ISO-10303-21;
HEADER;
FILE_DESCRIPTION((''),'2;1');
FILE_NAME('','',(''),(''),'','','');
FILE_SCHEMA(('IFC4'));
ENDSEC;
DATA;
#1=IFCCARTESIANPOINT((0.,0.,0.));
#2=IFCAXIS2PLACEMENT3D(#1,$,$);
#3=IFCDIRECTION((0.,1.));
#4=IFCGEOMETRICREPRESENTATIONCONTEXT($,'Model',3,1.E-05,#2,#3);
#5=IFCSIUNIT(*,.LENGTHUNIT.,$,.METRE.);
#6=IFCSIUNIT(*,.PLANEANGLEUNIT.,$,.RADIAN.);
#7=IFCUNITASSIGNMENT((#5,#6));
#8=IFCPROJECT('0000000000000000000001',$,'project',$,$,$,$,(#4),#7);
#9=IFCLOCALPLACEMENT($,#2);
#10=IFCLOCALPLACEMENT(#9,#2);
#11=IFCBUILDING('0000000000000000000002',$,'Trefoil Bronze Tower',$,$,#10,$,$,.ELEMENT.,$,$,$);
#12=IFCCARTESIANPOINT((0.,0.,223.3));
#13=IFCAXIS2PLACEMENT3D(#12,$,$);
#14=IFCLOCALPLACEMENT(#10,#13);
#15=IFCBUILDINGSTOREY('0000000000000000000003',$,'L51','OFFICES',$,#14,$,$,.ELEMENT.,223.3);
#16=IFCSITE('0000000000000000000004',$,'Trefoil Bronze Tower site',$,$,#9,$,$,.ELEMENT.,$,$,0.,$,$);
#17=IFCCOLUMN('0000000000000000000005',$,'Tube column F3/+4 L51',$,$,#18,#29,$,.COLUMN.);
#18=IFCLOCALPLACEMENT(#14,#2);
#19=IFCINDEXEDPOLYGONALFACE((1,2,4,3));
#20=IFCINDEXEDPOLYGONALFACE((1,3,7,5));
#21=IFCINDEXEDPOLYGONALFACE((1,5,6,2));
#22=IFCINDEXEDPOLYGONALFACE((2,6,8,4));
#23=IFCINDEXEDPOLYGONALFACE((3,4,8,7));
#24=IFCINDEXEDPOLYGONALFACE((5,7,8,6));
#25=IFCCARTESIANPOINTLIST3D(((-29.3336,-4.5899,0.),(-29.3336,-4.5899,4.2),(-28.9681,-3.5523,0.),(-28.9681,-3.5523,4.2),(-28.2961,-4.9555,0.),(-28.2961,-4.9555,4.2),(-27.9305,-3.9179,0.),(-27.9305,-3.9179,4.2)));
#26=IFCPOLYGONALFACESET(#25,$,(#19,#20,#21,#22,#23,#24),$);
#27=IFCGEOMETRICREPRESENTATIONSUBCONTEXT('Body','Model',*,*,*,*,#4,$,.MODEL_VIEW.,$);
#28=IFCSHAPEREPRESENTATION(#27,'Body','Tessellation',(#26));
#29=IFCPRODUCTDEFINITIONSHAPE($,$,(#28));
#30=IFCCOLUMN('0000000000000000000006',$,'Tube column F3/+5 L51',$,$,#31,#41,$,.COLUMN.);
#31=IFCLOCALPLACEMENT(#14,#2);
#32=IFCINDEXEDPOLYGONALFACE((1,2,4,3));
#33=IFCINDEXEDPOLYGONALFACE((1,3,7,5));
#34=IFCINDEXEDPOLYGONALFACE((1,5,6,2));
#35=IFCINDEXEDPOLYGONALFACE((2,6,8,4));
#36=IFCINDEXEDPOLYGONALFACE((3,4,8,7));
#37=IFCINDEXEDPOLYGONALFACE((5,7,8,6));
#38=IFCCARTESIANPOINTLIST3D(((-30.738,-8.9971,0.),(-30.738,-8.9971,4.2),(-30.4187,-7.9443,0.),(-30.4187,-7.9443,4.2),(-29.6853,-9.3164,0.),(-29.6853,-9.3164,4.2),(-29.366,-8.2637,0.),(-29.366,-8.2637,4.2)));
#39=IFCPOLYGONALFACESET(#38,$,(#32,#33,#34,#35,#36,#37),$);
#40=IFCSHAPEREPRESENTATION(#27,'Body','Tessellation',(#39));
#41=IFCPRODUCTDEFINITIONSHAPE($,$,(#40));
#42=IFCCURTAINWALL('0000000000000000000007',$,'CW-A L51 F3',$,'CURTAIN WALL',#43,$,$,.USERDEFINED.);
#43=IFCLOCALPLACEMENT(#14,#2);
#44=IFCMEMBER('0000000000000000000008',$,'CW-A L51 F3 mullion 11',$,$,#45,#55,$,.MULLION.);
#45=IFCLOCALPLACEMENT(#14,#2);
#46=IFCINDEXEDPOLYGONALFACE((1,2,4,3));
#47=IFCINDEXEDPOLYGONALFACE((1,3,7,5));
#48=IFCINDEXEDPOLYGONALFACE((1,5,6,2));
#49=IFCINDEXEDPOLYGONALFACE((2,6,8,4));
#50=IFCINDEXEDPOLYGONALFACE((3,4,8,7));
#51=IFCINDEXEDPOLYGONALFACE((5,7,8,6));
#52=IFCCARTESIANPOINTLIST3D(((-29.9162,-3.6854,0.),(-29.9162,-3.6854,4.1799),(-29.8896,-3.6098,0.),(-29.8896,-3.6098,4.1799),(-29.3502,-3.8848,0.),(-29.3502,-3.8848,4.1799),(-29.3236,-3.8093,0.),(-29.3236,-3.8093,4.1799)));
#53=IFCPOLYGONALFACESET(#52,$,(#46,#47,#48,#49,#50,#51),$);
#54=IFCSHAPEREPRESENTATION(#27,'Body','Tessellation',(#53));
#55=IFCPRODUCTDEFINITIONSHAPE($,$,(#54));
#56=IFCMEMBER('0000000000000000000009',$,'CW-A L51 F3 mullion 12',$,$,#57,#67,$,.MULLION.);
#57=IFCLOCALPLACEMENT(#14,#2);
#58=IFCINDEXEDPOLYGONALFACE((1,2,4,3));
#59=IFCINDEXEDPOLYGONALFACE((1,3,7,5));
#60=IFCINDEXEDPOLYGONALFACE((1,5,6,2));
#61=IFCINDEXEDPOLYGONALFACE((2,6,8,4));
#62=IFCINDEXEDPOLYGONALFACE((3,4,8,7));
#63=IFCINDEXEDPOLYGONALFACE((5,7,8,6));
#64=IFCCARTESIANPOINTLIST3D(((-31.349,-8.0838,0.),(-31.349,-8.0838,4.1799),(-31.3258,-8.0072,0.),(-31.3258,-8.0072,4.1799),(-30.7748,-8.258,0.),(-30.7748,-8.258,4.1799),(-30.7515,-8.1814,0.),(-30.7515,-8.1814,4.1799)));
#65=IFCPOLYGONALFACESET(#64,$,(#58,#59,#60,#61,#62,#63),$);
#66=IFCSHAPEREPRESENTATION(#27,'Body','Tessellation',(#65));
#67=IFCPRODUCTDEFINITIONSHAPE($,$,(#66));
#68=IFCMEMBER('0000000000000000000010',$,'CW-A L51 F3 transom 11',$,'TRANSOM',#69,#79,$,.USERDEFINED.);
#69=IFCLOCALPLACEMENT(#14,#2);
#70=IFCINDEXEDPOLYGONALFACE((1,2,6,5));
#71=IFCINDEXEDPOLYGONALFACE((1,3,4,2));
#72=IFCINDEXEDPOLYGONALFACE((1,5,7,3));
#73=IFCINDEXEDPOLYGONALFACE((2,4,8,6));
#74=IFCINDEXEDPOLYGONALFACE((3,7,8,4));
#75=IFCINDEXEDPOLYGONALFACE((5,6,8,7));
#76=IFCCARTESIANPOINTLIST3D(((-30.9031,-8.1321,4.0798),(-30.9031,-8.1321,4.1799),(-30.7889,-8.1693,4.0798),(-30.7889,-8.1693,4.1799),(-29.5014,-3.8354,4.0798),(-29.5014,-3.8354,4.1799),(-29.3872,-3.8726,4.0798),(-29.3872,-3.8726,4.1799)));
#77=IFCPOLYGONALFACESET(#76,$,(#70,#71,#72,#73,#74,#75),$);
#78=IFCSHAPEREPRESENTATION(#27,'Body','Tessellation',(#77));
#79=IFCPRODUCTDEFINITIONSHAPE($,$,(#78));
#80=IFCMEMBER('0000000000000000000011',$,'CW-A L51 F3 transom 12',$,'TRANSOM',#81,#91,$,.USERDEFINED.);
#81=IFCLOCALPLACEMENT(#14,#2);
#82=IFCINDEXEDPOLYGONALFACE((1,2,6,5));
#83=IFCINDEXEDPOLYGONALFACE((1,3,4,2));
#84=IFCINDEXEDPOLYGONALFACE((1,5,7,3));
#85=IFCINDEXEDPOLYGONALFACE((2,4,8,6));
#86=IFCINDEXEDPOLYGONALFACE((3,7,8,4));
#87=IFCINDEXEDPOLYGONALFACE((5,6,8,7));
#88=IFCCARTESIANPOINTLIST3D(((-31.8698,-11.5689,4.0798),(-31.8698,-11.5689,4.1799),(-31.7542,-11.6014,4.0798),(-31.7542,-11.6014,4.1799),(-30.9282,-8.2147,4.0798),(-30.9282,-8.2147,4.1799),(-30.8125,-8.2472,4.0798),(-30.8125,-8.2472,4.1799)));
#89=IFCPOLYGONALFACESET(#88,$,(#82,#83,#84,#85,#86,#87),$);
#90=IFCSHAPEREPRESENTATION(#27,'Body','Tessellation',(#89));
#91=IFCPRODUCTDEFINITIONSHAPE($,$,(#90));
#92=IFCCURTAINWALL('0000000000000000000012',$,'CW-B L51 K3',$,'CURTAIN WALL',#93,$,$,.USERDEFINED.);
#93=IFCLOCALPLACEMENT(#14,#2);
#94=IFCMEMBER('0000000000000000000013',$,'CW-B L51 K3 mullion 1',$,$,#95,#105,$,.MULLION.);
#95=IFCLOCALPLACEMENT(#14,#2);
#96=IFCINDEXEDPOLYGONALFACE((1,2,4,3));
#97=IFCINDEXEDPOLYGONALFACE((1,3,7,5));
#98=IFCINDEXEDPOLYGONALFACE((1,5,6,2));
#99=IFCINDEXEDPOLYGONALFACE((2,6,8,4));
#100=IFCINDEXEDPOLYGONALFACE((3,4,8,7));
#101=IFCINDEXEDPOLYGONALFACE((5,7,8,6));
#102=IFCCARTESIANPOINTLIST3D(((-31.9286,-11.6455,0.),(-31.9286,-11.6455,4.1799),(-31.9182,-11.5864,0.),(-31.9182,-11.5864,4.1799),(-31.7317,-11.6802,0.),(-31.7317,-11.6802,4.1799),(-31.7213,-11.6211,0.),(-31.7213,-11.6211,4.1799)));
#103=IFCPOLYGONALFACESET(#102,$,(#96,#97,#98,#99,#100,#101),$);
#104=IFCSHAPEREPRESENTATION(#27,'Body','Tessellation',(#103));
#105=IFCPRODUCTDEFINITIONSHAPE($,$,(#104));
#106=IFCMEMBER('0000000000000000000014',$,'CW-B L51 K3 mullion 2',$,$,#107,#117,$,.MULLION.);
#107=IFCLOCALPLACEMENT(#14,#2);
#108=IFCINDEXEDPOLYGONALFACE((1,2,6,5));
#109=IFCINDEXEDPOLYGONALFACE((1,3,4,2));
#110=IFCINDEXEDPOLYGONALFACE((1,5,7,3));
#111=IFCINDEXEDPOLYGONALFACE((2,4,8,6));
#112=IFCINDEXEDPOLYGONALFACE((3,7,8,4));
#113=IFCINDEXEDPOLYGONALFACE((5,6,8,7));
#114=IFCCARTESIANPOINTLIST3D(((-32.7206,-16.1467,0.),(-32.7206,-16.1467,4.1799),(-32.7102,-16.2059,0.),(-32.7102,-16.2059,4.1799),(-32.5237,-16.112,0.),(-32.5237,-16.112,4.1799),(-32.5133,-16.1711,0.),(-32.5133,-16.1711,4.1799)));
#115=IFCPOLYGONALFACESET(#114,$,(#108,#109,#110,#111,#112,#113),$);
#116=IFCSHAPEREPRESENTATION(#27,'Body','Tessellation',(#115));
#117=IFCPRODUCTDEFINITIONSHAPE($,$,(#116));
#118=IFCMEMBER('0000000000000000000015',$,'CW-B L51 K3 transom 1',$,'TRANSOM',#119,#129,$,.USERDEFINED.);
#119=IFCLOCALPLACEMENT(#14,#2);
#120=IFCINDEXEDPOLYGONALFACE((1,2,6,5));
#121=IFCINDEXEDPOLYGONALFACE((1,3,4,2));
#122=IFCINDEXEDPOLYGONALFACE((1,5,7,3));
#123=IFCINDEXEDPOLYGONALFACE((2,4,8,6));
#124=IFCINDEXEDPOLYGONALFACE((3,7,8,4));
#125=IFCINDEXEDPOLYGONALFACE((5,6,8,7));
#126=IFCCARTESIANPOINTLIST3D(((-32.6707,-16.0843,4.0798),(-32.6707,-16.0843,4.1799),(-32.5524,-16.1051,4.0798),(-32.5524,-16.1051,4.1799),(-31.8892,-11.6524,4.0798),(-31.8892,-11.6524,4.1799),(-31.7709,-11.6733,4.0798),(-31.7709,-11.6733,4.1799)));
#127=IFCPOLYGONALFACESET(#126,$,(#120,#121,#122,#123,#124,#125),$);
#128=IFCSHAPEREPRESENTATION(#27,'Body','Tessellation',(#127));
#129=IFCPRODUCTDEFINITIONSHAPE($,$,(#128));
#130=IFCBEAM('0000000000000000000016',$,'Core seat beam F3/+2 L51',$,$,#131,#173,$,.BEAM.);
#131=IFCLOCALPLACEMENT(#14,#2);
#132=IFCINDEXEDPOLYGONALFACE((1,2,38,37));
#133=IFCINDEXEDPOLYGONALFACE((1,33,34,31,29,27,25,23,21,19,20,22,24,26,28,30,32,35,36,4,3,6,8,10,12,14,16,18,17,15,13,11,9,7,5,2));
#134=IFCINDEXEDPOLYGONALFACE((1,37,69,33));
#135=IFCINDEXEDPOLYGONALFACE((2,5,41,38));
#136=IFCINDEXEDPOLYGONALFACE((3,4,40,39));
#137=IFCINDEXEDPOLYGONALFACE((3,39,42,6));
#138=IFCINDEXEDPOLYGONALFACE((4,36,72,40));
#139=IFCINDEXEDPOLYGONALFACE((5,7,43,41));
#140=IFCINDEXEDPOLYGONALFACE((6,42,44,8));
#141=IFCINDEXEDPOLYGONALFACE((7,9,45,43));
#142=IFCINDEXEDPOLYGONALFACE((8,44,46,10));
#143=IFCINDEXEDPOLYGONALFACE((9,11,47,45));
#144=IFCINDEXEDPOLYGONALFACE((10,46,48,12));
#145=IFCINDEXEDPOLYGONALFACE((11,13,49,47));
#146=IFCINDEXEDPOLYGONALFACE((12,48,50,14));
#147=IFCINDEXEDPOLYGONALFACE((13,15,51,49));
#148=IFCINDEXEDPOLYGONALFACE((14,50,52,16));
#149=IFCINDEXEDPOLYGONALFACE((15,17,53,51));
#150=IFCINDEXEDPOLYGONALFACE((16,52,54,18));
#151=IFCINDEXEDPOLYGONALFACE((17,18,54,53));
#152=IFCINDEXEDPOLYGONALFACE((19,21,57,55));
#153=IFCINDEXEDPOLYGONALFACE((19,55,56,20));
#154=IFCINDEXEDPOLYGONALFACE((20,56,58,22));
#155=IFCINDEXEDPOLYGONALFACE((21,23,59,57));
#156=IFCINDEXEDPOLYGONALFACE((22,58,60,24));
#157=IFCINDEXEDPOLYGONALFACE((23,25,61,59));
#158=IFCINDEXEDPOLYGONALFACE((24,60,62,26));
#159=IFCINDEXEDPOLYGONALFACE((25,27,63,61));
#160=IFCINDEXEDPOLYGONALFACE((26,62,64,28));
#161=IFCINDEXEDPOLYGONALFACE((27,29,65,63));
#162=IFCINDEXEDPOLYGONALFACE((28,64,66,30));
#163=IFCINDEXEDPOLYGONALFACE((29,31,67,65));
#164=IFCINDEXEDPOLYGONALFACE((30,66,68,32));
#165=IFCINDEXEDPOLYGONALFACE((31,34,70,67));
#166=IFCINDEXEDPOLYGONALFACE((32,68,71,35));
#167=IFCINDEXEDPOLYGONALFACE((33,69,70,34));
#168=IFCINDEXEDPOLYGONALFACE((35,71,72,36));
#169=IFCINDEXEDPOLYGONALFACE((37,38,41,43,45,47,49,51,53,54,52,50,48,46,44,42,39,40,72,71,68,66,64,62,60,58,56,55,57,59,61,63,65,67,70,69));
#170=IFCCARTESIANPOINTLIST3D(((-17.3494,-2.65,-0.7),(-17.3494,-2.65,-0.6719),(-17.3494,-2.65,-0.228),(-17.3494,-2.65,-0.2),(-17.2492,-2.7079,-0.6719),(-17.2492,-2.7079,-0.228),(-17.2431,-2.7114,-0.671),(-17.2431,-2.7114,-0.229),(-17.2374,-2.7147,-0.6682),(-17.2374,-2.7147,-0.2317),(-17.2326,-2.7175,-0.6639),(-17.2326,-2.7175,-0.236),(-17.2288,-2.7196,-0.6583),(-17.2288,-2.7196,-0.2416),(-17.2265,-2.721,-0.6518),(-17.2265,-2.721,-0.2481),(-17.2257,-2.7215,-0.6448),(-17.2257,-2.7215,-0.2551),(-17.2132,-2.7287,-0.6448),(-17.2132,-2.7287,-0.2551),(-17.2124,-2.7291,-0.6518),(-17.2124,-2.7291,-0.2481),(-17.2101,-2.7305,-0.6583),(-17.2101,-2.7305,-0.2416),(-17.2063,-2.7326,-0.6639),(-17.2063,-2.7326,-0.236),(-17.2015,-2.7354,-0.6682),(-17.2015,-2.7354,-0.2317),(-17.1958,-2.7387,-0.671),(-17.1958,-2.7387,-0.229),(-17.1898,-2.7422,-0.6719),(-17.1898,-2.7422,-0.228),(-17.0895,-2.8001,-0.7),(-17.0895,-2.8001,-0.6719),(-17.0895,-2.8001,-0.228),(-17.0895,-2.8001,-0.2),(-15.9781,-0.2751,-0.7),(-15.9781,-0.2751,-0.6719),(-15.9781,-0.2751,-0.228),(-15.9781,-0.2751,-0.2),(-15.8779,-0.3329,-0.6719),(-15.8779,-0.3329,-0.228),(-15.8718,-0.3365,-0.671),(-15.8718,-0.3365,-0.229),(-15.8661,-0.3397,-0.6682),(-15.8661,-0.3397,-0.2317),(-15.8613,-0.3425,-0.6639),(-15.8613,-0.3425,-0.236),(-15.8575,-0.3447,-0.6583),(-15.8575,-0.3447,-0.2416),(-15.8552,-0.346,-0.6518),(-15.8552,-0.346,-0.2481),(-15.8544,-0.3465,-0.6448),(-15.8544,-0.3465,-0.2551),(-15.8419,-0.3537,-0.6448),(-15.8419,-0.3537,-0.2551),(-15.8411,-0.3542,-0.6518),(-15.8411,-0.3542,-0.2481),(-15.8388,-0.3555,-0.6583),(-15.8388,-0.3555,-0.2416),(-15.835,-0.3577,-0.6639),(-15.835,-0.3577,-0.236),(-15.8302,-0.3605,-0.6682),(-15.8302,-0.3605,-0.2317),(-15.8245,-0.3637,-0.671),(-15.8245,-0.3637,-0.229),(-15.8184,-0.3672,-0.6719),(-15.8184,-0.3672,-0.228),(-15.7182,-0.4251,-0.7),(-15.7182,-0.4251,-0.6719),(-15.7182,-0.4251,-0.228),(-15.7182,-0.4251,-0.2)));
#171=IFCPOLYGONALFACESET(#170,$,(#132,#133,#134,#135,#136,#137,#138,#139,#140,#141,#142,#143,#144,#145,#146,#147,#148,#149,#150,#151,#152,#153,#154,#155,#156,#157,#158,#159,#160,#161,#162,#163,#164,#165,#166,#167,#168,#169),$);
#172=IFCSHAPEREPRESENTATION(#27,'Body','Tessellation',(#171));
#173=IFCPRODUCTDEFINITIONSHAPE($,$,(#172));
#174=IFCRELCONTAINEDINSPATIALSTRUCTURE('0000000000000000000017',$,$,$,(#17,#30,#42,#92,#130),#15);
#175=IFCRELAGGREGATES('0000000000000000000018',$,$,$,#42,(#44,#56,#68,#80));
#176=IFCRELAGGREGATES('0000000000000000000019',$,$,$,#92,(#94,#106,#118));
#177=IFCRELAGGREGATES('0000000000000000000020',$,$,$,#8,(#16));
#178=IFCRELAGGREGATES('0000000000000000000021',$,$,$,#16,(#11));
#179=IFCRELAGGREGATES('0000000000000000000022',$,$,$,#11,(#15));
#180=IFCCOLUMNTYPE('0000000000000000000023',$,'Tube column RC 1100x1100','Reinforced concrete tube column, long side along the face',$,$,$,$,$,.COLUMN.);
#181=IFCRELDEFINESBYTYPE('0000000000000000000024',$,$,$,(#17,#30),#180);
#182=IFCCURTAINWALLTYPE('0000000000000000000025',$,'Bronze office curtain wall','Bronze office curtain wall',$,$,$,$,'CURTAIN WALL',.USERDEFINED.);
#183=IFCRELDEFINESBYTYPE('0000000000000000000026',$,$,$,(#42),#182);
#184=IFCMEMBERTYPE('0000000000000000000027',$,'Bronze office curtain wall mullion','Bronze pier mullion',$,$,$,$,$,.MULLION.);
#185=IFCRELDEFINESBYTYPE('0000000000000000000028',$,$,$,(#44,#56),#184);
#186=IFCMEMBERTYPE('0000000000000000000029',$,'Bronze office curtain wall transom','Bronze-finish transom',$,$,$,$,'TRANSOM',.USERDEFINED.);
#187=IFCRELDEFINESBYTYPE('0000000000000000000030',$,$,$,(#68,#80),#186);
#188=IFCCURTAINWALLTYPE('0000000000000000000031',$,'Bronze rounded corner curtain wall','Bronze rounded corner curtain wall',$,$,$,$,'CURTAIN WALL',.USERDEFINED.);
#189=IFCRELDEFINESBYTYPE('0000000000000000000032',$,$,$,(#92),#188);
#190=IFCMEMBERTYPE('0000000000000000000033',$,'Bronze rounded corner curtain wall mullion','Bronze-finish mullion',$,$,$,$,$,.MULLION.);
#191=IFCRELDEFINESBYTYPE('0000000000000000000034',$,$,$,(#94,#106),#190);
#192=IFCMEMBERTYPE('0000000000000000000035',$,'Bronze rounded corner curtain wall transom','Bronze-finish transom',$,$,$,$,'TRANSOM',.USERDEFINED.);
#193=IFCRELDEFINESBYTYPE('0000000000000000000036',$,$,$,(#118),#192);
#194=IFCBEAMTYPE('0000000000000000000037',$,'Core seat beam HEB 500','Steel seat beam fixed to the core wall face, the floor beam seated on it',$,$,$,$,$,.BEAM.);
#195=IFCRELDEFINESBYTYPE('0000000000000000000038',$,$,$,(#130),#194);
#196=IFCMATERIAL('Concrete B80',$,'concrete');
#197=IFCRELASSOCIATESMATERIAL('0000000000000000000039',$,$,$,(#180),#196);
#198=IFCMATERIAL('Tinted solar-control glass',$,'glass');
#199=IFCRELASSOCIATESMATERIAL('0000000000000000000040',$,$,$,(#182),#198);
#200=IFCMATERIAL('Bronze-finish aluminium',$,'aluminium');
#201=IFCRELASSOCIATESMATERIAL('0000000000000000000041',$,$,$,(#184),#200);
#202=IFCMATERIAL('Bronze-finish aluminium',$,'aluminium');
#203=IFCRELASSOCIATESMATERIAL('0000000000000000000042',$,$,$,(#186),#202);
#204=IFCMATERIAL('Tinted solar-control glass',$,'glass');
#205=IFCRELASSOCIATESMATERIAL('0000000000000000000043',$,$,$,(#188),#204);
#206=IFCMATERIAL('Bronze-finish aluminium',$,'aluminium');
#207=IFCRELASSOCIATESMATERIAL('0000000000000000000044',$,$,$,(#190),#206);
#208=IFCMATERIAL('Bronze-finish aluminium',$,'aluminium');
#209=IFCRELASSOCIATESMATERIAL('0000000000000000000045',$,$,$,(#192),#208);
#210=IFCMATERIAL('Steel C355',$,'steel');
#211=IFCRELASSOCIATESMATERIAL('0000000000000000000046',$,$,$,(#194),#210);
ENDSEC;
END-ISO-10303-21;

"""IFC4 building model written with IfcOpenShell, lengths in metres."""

from ifc_helpers import new_model, si_unit, direction, frame, origin, origin_2d, place, context, subcontext, project, spatial, rectangle, i_section, extrude, material, material_profile, profile_set, type_object, element, aggregate, save


model = new_model("IFC4")

# Units and contexts
model_context = context("Model", 3, precision=1e-05, world=origin(), true_north=direction((0.0, 1.0)))
body_context = subcontext(model_context, "Body", "Model", "MODEL_VIEW")
ifc_project = project(units=[si_unit("LENGTHUNIT", "METRE"), si_unit("PLANEANGLEUNIT", "RADIAN")], contexts=[model_context])

# Site, building, storey
site_placement = place(None, origin())
site = spatial("IfcSite", under=ifc_project, at=site_placement, Name="Trefoil Bronze Tower site", CompositionType="ELEMENT", RefElevation=0.0)
building_placement = place(site_placement, origin())
building = spatial("IfcBuilding", under=site, at=building_placement, Name="Trefoil Bronze Tower", CompositionType="ELEMENT")
storey_placement = place(building_placement, frame((0.0, 0.0, 223.3)))
storey = spatial("IfcBuildingStorey", under=building, at=storey_placement, Name="L51", Description="OFFICES", CompositionType="ELEMENT", Elevation=223.3)

# Columns
ifc_material_1 = material(Name="Concrete B80", Category="concrete")
ifc_material_profile_1 = material_profile(ifc_material_1, rectangle(XDim=1.1001, YDim=1.1001, at=origin_2d()), Name="RC 1100x1100")
ifc_profile_set_1 = profile_set([ifc_material_profile_1], Name="Concrete B80")
column_type = type_object("IfcColumnType", Name="Tube column RC 1100x1100", Description="Reinforced concrete tube column, long side along the face", PredefinedType="COLUMN", material=ifc_profile_set_1)
for number, where, z_axis, x_axis, name in (
    (1, (-28.6321, -4.2539, 0.0), (0.0, 0.0, 1.0), (-0.332282, -0.94318, 0.0), "Tube column F3/+4 L51"),
    (2, (-30.052, -8.6304, 0.0), (0.0, 0.0, 1.0), (-0.290278, -0.956942, 0.0), "Tube column F3/+5 L51"),
):
    element("IfcColumn", number, at=place(storey_placement, frame(where, z_axis=z_axis, x_axis=x_axis)), inside=storey, type_object=column_type, Name=name, PredefinedType="COLUMN", context=body_context, shape_type="SweptSolid", body=[
        extrude(rectangle(XDim=1.1001, YDim=1.1001, at=origin_2d()), origin(), (0.0, 0.0, 1.0), 4.2),
    ])

# Curtain walls, members
ifc_material_2 = material(Name="Tinted solar-control glass", Category="glass")
curtain_wall_type_1 = type_object("IfcCurtainWallType", Name="Bronze office curtain wall", Description="Bronze office curtain wall", ElementType="CURTAIN WALL", PredefinedType="USERDEFINED", material=ifc_material_2)
curtain_wall_1_placement = place(storey_placement, origin())
curtain_wall_1 = element("IfcCurtainWall", 3, at=curtain_wall_1_placement, inside=storey, type_object=curtain_wall_type_1, Name="CW-A L51 F3", ObjectType="CURTAIN WALL", PredefinedType="USERDEFINED")
ifc_material_3 = material(Name="Bronze-finish aluminium", Category="aluminium")
ifc_material_profile_2 = material_profile(ifc_material_3, rectangle(XDim=0.6001, YDim=0.0801, at=origin_2d()), Name="CW-A mullion")
ifc_profile_set_2 = profile_set([ifc_material_profile_2], Name="Bronze-finish aluminium")
member_type_1 = type_object("IfcMemberType", Name="Bronze office curtain wall mullion", Description="Bronze pier mullion", PredefinedType="MULLION", material=ifc_profile_set_2)
member_1_placement = place(storey_placement, frame((-29.6199, -3.7473, 0.0), z_axis=(0.0, 0.0, 1.0), x_axis=(0.94318, -0.332282, 0.0)))
member_1 = element("IfcMember", 4, at=member_1_placement, type_object=member_type_1, Name="CW-A L51 F3 mullion 11", PredefinedType="MULLION", context=body_context, shape_type="SweptSolid", body=[
    extrude(rectangle(XDim=0.6001, YDim=0.0801, at=origin_2d()), origin(), (0.0, 0.0, 1.0), 4.1799),
])
member_2_placement = place(storey_placement, frame((-31.0503, -8.1326, 0.0), z_axis=(0.0, 0.0, 1.0), x_axis=(0.956942, -0.290278, 0.0)))
member_2 = element("IfcMember", 5, at=member_2_placement, type_object=member_type_1, Name="CW-A L51 F3 mullion 12", PredefinedType="MULLION", context=body_context, shape_type="SweptSolid", body=[
    extrude(rectangle(XDim=0.6001, YDim=0.0801, at=origin_2d()), origin(), (0.0, 0.0, 1.0), 4.1799),
])
ifc_material_4 = material(Name="Bronze-finish aluminium", Category="aluminium")
ifc_material_profile_3 = material_profile(ifc_material_4, rectangle(XDim=0.1201, YDim=0.1001, at=origin_2d()), Name="CW-A transom")
ifc_profile_set_3 = profile_set([ifc_material_profile_3], Name="Bronze-finish aluminium")
member_type_2 = type_object("IfcMemberType", Name="Bronze office curtain wall transom", Description="Bronze-finish transom", ElementType="TRANSOM", PredefinedType="USERDEFINED", material=ifc_profile_set_3)
member_3_placement = place(storey_placement, frame((-29.4443, -3.854, 4.1299), z_axis=(-0.310128, -0.950695, 0.0), x_axis=(0.950695, -0.310128, 0.0)))
member_3 = element("IfcMember", 6, at=member_3_placement, type_object=member_type_2, Name="CW-A L51 F3 transom 11", ObjectType="TRANSOM", PredefinedType="USERDEFINED", context=body_context, shape_type="SweptSolid", body=[
    extrude(rectangle(XDim=0.1201, YDim=0.1001, at=origin_2d()), origin(), (0.0, 0.0, 1.0), 4.5195),
])
member_4_placement = place(storey_placement, frame((-30.8704, -8.231, 4.1299), z_axis=(-0.270285, -0.96278, 0.0), x_axis=(0.96278, -0.270285, 0.0)))
member_4 = element("IfcMember", 7, at=member_4_placement, type_object=member_type_2, Name="CW-A L51 F3 transom 12", ObjectType="TRANSOM", PredefinedType="USERDEFINED", context=body_context, shape_type="SweptSolid", body=[
    extrude(rectangle(XDim=0.1201, YDim=0.1001, at=origin_2d()), origin(), (0.0, 0.0, 1.0), 3.4839),
])
ifc_material_5 = material(Name="Tinted solar-control glass", Category="glass")
curtain_wall_type_2 = type_object("IfcCurtainWallType", Name="Bronze rounded corner curtain wall", Description="Bronze rounded corner curtain wall", ElementType="CURTAIN WALL", PredefinedType="USERDEFINED", material=ifc_material_5)
curtain_wall_2_placement = place(storey_placement, origin())
curtain_wall_2 = element("IfcCurtainWall", 8, at=curtain_wall_2_placement, inside=storey, type_object=curtain_wall_type_2, Name="CW-B L51 K3", ObjectType="CURTAIN WALL", PredefinedType="USERDEFINED")
ifc_material_6 = material(Name="Bronze-finish aluminium", Category="aluminium")
ifc_material_profile_4 = material_profile(ifc_material_6, rectangle(XDim=0.2, YDim=0.0601, at=origin_2d()), Name="CW-B mullion")
ifc_profile_set_4 = profile_set([ifc_material_profile_4], Name="Bronze-finish aluminium")
member_type_3 = type_object("IfcMemberType", Name="Bronze rounded corner curtain wall mullion", Description="Bronze-finish mullion", PredefinedType="MULLION", material=ifc_profile_set_4)
member_5_placement = place(storey_placement, frame((-31.825, -11.6333, 0.0), z_axis=(0.0, 0.0, 1.0), x_axis=(0.984808, -0.173648, 0.0)))
member_5 = element("IfcMember", 9, at=member_5_placement, type_object=member_type_3, Name="CW-B L51 K3 mullion 1", PredefinedType="MULLION", context=body_context, shape_type="SweptSolid", body=[
    extrude(rectangle(XDim=0.2, YDim=0.0601, at=origin_2d()), origin(), (0.0, 0.0, 1.0), 4.1799),
])
member_6_placement = place(storey_placement, frame((-32.6169, -16.1589, 0.0), z_axis=(0.0, 0.0, 1.0), x_axis=(0.984808, 0.173648, 0.0)))
member_6 = element("IfcMember", 10, at=member_6_placement, type_object=member_type_3, Name="CW-B L51 K3 mullion 2", PredefinedType="MULLION", context=body_context, shape_type="SweptSolid", body=[
    extrude(rectangle(XDim=0.2, YDim=0.0601, at=origin_2d()), origin(), (0.0, 0.0, 1.0), 4.1799),
])
ifc_material_7 = material(Name="Bronze-finish aluminium", Category="aluminium")
ifc_material_profile_5 = material_profile(ifc_material_7, rectangle(XDim=0.1201, YDim=0.1001, at=origin_2d()), Name="CW-B transom")
ifc_profile_set_5 = profile_set([ifc_material_profile_5], Name="Bronze-finish aluminium")
member_type_4 = type_object("IfcMemberType", Name="Bronze rounded corner curtain wall transom", Description="Bronze-finish transom", ElementType="TRANSOM", PredefinedType="USERDEFINED", material=ifc_profile_set_5)
member_7_placement = place(storey_placement, frame((-31.8301, -11.6628, 4.1299), z_axis=(-0.173655, -0.984806, 0.0), x_axis=(0.984806, -0.173655, 0.0)))
member_7 = element("IfcMember", 11, at=member_7_placement, type_object=member_type_4, Name="CW-B L51 K3 transom 1", ObjectType="TRANSOM", PredefinedType="USERDEFINED", context=body_context, shape_type="SweptSolid", body=[
    extrude(rectangle(XDim=0.1201, YDim=0.1001, at=origin_2d()), origin(), (0.0, 0.0, 1.0), 4.5002),
])

# Beam
ifc_material_8 = material(Name="Steel C355", Category="steel")
ifc_material_profile_6 = material_profile(ifc_material_8, i_section(OverallWidth=0.3, OverallDepth=0.5, WebThickness=0.0144, FlangeThickness=0.0281, FilletRadius=0.0271, at=origin_2d()), Name="HEB 500")
ifc_profile_set_6 = profile_set([ifc_material_profile_6], Name="Steel C355")
beam_type_1 = type_object("IfcBeamType", Name="Core seat beam HEB 500", Description="Steel seat beam fixed to the core wall face, the floor beam seated on it", PredefinedType="BEAM", material=ifc_profile_set_6)
beam_1_placement = place(storey_placement, frame((-15.8481, -0.3501, -0.45), z_axis=(-0.500036, -0.866005, 0.0), x_axis=(0.866005, -0.500036, 0.0)))
element("IfcBeam", 12, at=beam_1_placement, inside=storey, type_object=beam_type_1, Name="Core seat beam F3/+2 L51", PredefinedType="BEAM", context=body_context, shape_type="SweptSolid", body=[
    extrude(i_section(OverallWidth=0.3, OverallDepth=0.5, WebThickness=0.0144, FlangeThickness=0.0281, FilletRadius=0.0271, at=origin_2d()), origin(), (0.0, 0.0, 1.0), 2.7424),
])

aggregate(curtain_wall_1, [member_1, member_2, member_3, member_4])
aggregate(curtain_wall_2, [member_5, member_6, member_7])

save(model, "model.ifc")
